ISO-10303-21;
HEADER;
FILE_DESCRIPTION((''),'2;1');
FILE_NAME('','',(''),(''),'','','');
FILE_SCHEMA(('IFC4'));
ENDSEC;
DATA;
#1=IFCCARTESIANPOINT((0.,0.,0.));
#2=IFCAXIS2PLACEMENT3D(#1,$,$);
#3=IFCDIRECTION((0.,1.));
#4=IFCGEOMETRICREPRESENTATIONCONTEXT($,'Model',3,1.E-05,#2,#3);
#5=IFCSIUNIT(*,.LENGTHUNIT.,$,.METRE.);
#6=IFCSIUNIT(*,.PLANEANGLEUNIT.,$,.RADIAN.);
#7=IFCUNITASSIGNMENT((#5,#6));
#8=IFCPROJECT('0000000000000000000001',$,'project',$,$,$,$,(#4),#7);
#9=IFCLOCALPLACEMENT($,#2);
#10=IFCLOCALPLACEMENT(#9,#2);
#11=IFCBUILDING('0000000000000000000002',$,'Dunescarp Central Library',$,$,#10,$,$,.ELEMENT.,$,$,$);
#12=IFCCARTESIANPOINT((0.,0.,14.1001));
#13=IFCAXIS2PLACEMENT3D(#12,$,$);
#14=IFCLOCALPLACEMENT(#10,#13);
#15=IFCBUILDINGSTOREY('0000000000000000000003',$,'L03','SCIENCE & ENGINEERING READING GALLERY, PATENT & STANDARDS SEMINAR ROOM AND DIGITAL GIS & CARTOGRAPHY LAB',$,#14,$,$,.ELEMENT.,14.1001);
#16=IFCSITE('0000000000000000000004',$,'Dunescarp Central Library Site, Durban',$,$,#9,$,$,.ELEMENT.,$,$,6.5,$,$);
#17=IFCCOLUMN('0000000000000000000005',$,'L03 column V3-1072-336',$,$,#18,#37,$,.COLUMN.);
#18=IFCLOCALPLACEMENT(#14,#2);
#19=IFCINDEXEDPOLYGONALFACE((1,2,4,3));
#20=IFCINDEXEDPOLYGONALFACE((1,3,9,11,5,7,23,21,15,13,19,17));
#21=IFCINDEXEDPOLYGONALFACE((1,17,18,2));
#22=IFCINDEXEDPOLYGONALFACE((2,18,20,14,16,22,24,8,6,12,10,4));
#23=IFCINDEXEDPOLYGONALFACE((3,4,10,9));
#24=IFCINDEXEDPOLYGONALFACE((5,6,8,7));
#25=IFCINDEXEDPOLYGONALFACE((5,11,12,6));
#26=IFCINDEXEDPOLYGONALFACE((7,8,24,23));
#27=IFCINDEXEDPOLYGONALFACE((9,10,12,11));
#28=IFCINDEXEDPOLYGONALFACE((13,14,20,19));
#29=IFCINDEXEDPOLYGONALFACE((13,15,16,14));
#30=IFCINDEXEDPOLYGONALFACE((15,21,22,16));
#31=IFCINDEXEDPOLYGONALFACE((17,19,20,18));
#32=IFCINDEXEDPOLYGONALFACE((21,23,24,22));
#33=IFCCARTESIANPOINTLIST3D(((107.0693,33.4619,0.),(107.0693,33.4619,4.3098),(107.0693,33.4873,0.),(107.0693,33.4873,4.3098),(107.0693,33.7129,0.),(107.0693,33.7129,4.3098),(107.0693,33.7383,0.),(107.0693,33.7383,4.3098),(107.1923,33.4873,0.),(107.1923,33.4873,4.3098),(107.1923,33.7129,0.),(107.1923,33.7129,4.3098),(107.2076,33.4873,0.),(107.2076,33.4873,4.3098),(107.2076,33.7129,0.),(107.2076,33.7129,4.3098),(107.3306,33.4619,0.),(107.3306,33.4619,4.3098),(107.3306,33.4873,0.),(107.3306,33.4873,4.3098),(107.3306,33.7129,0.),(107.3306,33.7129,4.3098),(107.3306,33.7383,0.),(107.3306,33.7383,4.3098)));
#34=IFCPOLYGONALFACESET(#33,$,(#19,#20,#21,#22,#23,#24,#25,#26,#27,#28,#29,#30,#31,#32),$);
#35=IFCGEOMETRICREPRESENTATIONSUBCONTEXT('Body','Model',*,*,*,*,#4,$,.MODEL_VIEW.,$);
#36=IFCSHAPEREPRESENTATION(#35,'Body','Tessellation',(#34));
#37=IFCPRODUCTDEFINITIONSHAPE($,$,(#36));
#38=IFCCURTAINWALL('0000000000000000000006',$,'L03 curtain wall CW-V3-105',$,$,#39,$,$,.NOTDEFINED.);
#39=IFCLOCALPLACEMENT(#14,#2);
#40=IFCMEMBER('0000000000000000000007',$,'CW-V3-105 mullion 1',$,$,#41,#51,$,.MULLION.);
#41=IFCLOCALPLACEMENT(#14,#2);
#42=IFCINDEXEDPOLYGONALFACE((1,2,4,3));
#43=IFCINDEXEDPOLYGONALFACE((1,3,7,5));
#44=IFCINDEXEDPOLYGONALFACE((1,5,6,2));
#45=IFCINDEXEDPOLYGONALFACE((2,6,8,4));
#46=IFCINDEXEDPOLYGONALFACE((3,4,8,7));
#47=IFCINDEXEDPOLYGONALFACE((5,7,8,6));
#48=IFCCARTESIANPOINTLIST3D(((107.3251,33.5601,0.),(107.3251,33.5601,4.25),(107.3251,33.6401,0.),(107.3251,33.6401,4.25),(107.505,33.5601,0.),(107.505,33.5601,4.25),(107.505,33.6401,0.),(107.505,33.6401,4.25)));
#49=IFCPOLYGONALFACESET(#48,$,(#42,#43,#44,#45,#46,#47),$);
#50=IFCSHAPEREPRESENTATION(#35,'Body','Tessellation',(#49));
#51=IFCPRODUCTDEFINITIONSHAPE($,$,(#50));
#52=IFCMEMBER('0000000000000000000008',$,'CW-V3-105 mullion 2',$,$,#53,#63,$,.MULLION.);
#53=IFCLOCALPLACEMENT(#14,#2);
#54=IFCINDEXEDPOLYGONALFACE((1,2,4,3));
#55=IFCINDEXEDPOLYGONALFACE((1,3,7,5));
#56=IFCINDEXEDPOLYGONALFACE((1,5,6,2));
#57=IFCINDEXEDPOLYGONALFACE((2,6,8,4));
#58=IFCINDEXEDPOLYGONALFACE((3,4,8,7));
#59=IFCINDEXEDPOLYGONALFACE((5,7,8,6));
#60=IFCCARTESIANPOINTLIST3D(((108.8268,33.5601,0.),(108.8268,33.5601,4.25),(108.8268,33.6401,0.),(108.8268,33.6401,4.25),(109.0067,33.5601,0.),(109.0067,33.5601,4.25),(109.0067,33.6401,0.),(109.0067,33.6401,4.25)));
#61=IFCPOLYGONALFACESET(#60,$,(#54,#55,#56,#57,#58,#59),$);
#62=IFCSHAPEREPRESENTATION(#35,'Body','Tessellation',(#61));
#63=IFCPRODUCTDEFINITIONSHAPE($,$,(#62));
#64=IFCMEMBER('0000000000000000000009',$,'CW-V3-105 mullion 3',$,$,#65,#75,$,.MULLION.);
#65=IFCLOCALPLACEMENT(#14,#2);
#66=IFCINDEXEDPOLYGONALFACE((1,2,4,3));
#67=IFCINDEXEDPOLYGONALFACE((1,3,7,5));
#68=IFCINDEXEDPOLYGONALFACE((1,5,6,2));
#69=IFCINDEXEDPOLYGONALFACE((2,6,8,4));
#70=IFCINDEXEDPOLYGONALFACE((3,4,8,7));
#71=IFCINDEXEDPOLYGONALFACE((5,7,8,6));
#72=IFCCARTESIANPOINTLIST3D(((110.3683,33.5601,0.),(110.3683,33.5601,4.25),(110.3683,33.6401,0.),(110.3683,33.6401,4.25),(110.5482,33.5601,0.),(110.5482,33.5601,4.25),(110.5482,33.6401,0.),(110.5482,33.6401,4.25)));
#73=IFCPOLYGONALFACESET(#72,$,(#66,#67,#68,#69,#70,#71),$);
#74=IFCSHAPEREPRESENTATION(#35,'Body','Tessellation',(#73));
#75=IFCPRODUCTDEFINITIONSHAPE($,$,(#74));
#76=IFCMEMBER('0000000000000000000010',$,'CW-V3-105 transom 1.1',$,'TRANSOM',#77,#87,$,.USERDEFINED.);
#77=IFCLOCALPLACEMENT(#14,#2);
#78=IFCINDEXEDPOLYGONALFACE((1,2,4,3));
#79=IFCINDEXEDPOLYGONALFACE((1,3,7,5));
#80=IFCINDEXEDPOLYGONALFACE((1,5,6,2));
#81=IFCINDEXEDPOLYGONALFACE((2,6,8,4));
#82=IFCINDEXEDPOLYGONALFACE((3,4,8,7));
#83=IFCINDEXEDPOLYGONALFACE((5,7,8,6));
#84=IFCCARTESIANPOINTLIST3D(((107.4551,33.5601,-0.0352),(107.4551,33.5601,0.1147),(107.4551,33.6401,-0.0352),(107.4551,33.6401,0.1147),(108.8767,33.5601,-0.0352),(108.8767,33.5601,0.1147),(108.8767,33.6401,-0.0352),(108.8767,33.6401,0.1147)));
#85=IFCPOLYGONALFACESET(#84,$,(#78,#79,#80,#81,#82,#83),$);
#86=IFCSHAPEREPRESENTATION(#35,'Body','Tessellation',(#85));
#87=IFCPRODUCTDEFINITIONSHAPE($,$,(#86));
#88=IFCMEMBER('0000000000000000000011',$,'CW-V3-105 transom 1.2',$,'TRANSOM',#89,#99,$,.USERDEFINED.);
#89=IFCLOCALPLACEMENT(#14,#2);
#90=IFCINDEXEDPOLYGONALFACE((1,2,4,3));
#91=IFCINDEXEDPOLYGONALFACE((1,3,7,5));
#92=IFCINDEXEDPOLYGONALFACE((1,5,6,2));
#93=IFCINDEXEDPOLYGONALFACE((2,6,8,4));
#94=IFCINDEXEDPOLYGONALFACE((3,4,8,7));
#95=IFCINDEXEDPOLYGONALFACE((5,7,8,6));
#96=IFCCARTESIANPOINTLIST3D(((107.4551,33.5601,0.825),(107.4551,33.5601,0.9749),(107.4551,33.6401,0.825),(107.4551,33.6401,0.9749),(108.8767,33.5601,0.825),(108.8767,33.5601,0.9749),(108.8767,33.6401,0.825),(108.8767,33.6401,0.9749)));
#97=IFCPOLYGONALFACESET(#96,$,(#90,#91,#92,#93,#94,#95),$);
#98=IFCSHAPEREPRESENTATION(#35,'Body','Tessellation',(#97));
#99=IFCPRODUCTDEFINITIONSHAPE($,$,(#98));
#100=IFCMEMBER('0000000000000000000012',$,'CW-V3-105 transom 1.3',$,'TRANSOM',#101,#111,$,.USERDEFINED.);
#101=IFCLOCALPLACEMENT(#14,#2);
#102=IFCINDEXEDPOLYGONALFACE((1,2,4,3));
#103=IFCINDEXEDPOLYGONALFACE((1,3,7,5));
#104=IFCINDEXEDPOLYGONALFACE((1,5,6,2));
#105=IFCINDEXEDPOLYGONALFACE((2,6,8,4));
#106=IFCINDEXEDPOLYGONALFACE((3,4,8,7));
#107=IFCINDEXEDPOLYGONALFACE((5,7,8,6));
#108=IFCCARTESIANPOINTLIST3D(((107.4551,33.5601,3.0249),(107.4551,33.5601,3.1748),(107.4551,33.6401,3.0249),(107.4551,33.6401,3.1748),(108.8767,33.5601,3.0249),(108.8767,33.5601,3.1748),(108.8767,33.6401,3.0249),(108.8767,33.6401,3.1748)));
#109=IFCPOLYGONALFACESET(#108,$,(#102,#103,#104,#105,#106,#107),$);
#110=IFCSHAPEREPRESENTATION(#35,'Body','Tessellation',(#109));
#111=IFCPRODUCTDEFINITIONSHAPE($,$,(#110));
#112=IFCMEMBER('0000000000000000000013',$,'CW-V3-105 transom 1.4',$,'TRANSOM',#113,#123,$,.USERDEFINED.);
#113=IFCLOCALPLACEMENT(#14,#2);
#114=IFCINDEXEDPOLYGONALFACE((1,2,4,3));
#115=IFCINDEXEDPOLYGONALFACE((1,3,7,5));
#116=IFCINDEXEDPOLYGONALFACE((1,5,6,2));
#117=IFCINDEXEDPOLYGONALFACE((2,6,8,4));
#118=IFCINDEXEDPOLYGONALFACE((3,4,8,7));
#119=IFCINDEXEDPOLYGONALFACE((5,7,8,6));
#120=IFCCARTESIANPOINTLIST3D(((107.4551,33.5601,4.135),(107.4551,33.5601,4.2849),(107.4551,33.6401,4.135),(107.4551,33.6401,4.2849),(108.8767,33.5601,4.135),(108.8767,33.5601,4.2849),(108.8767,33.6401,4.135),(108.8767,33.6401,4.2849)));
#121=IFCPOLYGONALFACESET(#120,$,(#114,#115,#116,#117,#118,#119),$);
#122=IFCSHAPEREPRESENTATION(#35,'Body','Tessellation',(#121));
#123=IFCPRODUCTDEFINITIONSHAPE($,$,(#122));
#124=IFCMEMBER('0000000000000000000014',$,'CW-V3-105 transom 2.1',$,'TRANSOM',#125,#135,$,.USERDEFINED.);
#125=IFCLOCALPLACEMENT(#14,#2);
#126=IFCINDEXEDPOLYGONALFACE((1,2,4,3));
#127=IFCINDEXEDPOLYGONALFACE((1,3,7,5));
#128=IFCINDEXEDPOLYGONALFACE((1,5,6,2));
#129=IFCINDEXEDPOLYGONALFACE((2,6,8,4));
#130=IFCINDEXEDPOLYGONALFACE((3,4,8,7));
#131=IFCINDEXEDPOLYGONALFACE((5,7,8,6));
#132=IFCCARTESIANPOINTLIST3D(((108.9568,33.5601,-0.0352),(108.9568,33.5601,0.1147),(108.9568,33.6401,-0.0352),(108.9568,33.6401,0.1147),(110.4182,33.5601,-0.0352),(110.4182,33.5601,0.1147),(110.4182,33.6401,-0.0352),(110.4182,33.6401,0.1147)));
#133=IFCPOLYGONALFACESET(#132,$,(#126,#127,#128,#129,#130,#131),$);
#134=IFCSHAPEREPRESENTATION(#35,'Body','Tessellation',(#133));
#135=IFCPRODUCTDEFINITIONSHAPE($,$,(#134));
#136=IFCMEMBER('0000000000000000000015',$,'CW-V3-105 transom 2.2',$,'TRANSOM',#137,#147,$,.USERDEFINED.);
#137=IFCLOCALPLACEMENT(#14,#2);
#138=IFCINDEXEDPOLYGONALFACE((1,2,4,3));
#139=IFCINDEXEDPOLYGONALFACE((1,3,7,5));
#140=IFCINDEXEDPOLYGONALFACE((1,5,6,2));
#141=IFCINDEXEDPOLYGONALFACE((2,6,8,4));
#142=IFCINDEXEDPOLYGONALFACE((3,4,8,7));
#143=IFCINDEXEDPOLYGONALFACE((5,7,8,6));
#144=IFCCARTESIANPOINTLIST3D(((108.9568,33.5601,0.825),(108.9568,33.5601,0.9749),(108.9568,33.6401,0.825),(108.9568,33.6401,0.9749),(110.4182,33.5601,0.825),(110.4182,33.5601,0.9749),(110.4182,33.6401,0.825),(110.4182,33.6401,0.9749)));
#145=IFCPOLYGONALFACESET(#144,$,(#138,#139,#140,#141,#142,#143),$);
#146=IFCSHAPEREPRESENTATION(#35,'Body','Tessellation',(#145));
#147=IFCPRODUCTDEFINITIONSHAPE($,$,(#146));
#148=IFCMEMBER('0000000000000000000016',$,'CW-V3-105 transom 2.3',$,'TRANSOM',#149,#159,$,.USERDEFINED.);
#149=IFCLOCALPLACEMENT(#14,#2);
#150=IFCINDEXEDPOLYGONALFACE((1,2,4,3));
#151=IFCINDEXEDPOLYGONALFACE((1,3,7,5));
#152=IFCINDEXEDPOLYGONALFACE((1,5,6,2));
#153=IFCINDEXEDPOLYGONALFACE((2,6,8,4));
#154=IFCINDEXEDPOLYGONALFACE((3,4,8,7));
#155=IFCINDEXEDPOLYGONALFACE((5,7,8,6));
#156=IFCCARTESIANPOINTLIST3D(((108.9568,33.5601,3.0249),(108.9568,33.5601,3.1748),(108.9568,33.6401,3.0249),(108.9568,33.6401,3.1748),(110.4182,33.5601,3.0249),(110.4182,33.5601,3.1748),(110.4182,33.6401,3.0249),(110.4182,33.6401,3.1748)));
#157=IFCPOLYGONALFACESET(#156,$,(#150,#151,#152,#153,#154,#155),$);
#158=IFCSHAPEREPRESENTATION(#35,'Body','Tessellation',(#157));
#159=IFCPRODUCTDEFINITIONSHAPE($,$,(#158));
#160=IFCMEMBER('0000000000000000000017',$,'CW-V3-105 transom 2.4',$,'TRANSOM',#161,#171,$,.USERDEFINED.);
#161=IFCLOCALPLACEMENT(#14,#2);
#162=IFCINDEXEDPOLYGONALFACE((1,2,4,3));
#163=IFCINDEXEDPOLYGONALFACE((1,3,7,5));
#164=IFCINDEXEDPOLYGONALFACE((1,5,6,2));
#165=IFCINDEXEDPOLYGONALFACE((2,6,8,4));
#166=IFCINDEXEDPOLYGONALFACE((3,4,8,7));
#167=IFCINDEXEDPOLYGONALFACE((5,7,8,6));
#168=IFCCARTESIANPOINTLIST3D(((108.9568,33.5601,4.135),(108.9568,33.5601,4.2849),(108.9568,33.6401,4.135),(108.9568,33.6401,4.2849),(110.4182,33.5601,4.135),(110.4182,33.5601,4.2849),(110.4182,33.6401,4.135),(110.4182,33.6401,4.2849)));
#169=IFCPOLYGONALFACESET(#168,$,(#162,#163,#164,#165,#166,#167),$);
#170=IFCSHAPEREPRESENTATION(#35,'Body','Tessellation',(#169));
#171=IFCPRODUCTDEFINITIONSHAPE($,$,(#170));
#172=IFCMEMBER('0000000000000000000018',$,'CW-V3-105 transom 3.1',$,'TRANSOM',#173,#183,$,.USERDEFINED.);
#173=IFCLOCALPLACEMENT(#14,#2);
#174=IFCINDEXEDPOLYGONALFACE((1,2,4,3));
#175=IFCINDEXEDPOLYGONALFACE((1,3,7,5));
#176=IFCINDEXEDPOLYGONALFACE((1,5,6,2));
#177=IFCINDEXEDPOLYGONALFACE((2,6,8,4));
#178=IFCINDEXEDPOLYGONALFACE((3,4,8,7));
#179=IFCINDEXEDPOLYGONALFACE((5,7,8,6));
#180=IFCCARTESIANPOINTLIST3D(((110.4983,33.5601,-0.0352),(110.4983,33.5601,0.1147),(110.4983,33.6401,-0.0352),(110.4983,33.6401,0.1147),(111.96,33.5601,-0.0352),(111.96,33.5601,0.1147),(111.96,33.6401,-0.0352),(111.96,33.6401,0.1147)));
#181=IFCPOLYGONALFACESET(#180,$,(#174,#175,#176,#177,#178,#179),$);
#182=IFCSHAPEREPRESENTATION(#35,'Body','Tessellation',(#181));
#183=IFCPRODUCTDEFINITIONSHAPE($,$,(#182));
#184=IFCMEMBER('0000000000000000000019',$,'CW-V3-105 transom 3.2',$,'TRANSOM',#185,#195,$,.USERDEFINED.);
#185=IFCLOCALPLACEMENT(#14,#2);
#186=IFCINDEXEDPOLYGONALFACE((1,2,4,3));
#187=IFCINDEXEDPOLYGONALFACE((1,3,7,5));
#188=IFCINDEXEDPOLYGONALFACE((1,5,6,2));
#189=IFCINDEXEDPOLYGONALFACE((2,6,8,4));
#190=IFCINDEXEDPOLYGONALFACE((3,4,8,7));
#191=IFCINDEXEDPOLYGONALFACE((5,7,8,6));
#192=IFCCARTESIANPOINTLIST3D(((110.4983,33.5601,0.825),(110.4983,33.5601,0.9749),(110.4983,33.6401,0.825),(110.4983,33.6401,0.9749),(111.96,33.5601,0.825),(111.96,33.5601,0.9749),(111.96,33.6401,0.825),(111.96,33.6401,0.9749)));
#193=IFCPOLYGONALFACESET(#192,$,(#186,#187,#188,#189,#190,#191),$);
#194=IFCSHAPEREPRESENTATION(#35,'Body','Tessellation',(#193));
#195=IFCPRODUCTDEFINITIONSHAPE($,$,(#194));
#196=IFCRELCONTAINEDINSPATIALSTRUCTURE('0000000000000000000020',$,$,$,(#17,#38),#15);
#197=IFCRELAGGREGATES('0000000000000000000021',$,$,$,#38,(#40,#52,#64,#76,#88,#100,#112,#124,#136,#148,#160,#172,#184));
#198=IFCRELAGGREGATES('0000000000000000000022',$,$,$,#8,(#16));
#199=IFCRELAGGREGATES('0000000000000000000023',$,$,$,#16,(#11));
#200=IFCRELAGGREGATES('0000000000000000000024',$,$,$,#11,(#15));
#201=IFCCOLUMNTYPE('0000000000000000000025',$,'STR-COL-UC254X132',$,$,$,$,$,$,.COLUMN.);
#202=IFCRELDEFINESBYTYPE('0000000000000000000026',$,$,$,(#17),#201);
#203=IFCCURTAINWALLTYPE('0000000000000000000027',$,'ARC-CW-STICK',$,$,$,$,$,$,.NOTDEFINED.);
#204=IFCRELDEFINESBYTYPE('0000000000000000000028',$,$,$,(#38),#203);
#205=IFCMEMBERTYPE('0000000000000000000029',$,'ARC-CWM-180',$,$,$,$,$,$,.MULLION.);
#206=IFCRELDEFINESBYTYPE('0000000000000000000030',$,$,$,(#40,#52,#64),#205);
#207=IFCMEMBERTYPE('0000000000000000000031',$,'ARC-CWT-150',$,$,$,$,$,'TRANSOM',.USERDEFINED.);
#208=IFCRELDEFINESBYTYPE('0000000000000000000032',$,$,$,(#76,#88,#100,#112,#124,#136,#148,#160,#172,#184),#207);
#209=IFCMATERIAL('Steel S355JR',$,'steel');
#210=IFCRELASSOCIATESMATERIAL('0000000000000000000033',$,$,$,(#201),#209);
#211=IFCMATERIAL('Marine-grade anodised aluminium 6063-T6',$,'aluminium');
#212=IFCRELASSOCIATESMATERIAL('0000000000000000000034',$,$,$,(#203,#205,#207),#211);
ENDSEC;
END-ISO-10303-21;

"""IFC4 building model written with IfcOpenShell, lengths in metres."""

from ifc_helpers import new_model, si_unit, direction, frame, origin, origin_2d, place, context, subcontext, project, spatial, rectangle, i_section, extrude, material, material_profile, profile_set, type_object, element, aggregate, save


model = new_model("IFC4")

# Units and contexts
model_context = context("Model", 3, precision=1e-05, world=origin(), true_north=direction((0.0, 1.0)))
body_context = subcontext(model_context, "Body", "Model", "MODEL_VIEW")
ifc_project = project(units=[si_unit("LENGTHUNIT", "METRE"), si_unit("PLANEANGLEUNIT", "RADIAN")], contexts=[model_context])

# Site, building, storey
site_placement = place(None, origin())
site = spatial("IfcSite", under=ifc_project, at=site_placement, Name="Dunescarp Central Library Site, Durban", CompositionType="ELEMENT", RefElevation=6.5)
building_placement = place(site_placement, origin())
building = spatial("IfcBuilding", under=site, at=building_placement, Name="Dunescarp Central Library", CompositionType="ELEMENT")
storey_placement = place(building_placement, frame((0.0, 0.0, 14.1001)))
storey = spatial("IfcBuildingStorey", under=building, at=storey_placement, Name="L03", Description="SCIENCE & ENGINEERING READING GALLERY, PATENT & STANDARDS SEMINAR ROOM AND DIGITAL GIS & CARTOGRAPHY LAB", CompositionType="ELEMENT", Elevation=14.1001)

# Column
ifc_material_1 = material(Name="Steel S355JR", Category="steel")
ifc_material_profile_1 = material_profile(ifc_material_1, i_section(OverallWidth=0.2612, OverallDepth=0.2764, WebThickness=0.0154, FlangeThickness=0.0254, at=origin_2d()), Name="UC 254x254x132")
ifc_profile_set_1 = profile_set([ifc_material_profile_1], Name="Steel S355JR")
column_type = type_object("IfcColumnType", Name="STR-COL-UC254X132", PredefinedType="COLUMN", material=ifc_profile_set_1)
column_placement = place(storey_placement, frame((107.2, 33.6001, 0.0), z_axis=(0.0, 0.0, 1.0), x_axis=(1.0, 0.0, 0.0)))
element("IfcColumn", 1, at=column_placement, inside=storey, type_object=column_type, Name="L03 column V3-1072-336", PredefinedType="COLUMN", context=body_context, shape_type="SweptSolid", body=[
    extrude(i_section(OverallWidth=0.2612, OverallDepth=0.2764, WebThickness=0.0154, FlangeThickness=0.0254, at=origin_2d()), origin(), (0.0, 0.0, 1.0), 4.3098),
])

# Curtain wall, members
ifc_material_2 = material(Name="Marine-grade anodised aluminium 6063-T6", Category="aluminium")
curtain_wall_type = type_object("IfcCurtainWallType", Name="ARC-CW-STICK", PredefinedType="NOTDEFINED", material=ifc_material_2)
curtain_wall_placement = place(storey_placement, origin())
curtain_wall = element("IfcCurtainWall", 2, at=curtain_wall_placement, inside=storey, type_object=curtain_wall_type, Name="L03 curtain wall CW-V3-105", PredefinedType="NOTDEFINED")
ifc_material_profile_2 = material_profile(ifc_material_2, rectangle(XDim=0.0801, YDim=0.1799, at=origin_2d()), Name="AL 80x180")
ifc_profile_set_2 = profile_set([ifc_material_profile_2], Name="Marine-grade anodised aluminium 6063-T6")
member_type_1 = type_object("IfcMemberType", Name="ARC-CWM-180", PredefinedType="MULLION", material=ifc_profile_set_2)
member_1_placement = place(storey_placement, frame((107.415, 33.6001, 0.0), z_axis=(0.0, 0.0, 1.0), x_axis=(0.0, 1.0, 0.0)))
member_1 = element("IfcMember", 3, at=member_1_placement, type_object=member_type_1, Name="CW-V3-105 mullion 1", PredefinedType="MULLION", context=body_context, shape_type="SweptSolid", body=[
    extrude(rectangle(XDim=0.0801, YDim=0.1799, at=origin_2d()), origin(), (0.0, 0.0, 1.0), 4.25),
])
member_2_placement = place(storey_placement, frame((108.9167, 33.6001, 0.0), z_axis=(0.0, 0.0, 1.0), x_axis=(0.0, 1.0, 0.0)))
member_2 = element("IfcMember", 4, at=member_2_placement, type_object=member_type_1, Name="CW-V3-105 mullion 2", PredefinedType="MULLION", context=body_context, shape_type="SweptSolid", body=[
    extrude(rectangle(XDim=0.0801, YDim=0.1799, at=origin_2d()), origin(), (0.0, 0.0, 1.0), 4.25),
])
member_3_placement = place(storey_placement, frame((110.4583, 33.6001, 0.0), z_axis=(0.0, 0.0, 1.0), x_axis=(0.0, 1.0, 0.0)))
member_3 = element("IfcMember", 5, at=member_3_placement, type_object=member_type_1, Name="CW-V3-105 mullion 3", PredefinedType="MULLION", context=body_context, shape_type="SweptSolid", body=[
    extrude(rectangle(XDim=0.0801, YDim=0.1799, at=origin_2d()), origin(), (0.0, 0.0, 1.0), 4.25),
])
ifc_material_profile_3 = material_profile(ifc_material_2, rectangle(XDim=0.0801, YDim=0.1499, at=origin_2d()), Name="AL 80x150")
ifc_profile_set_3 = profile_set([ifc_material_profile_3], Name="Marine-grade anodised aluminium 6063-T6")
member_type_2 = type_object("IfcMemberType", Name="ARC-CWT-150", ElementType="TRANSOM", PredefinedType="USERDEFINED", material=ifc_profile_set_3)
member_4_placement = place(storey_placement, frame((107.4551, 33.6001, 0.0398), z_axis=(1.0, 0.0, 0.0), x_axis=(0.0, 1.0, 0.0)))
member_4 = element("IfcMember", 6, at=member_4_placement, type_object=member_type_2, Name="CW-V3-105 transom 1.1", ObjectType="TRANSOM", PredefinedType="USERDEFINED", context=body_context, shape_type="SweptSolid", body=[
    extrude(rectangle(XDim=0.0801, YDim=0.1499, at=origin_2d()), origin(), (0.0, 0.0, 1.0), 1.4216),
])
member_5_placement = place(storey_placement, frame((107.4551, 33.6001, 0.8999), z_axis=(1.0, 0.0, 0.0), x_axis=(0.0, 1.0, 0.0)))
member_5 = element("IfcMember", 7, at=member_5_placement, type_object=member_type_2, Name="CW-V3-105 transom 1.2", ObjectType="TRANSOM", PredefinedType="USERDEFINED", context=body_context, shape_type="SweptSolid", body=[
    extrude(rectangle(XDim=0.0801, YDim=0.1499, at=origin_2d()), origin(), (0.0, 0.0, 1.0), 1.4216),
])
member_6_placement = place(storey_placement, frame((107.4551, 33.6001, 3.0999), z_axis=(1.0, 0.0, 0.0), x_axis=(0.0, 1.0, 0.0)))
member_6 = element("IfcMember", 8, at=member_6_placement, type_object=member_type_2, Name="CW-V3-105 transom 1.3", ObjectType="TRANSOM", PredefinedType="USERDEFINED", context=body_context, shape_type="SweptSolid", body=[
    extrude(rectangle(XDim=0.0801, YDim=0.1499, at=origin_2d()), origin(), (0.0, 0.0, 1.0), 1.4216),
])
member_7_placement = place(storey_placement, frame((107.4551, 33.6001, 4.21), z_axis=(1.0, 0.0, 0.0), x_axis=(0.0, 1.0, 0.0)))
member_7 = element("IfcMember", 9, at=member_7_placement, type_object=member_type_2, Name="CW-V3-105 transom 1.4", ObjectType="TRANSOM", PredefinedType="USERDEFINED", context=body_context, shape_type="SweptSolid", body=[
    extrude(rectangle(XDim=0.0801, YDim=0.1499, at=origin_2d()), origin(), (0.0, 0.0, 1.0), 1.4216),
])
member_8_placement = place(storey_placement, frame((108.9568, 33.6001, 0.0398), z_axis=(1.0, 0.0, 0.0), x_axis=(0.0, 1.0, 0.0)))
member_8 = element("IfcMember", 10, at=member_8_placement, type_object=member_type_2, Name="CW-V3-105 transom 2.1", ObjectType="TRANSOM", PredefinedType="USERDEFINED", context=body_context, shape_type="SweptSolid", body=[
    extrude(rectangle(XDim=0.0801, YDim=0.1499, at=origin_2d()), origin(), (0.0, 0.0, 1.0), 1.4614),
])
member_9_placement = place(storey_placement, frame((108.9568, 33.6001, 0.8999), z_axis=(1.0, 0.0, 0.0), x_axis=(0.0, 1.0, 0.0)))
member_9 = element("IfcMember", 11, at=member_9_placement, type_object=member_type_2, Name="CW-V3-105 transom 2.2", ObjectType="TRANSOM", PredefinedType="USERDEFINED", context=body_context, shape_type="SweptSolid", body=[
    extrude(rectangle(XDim=0.0801, YDim=0.1499, at=origin_2d()), origin(), (0.0, 0.0, 1.0), 1.4614),
])
member_10_placement = place(storey_placement, frame((108.9568, 33.6001, 3.0999), z_axis=(1.0, 0.0, 0.0), x_axis=(0.0, 1.0, 0.0)))
member_10 = element("IfcMember", 12, at=member_10_placement, type_object=member_type_2, Name="CW-V3-105 transom 2.3", ObjectType="TRANSOM", PredefinedType="USERDEFINED", context=body_context, shape_type="SweptSolid", body=[
    extrude(rectangle(XDim=0.0801, YDim=0.1499, at=origin_2d()), origin(), (0.0, 0.0, 1.0), 1.4614),
])
member_11_placement = place(storey_placement, frame((108.9568, 33.6001, 4.21), z_axis=(1.0, 0.0, 0.0), x_axis=(0.0, 1.0, 0.0)))
member_11 = element("IfcMember", 13, at=member_11_placement, type_object=member_type_2, Name="CW-V3-105 transom 2.4", ObjectType="TRANSOM", PredefinedType="USERDEFINED", context=body_context, shape_type="SweptSolid", body=[
    extrude(rectangle(XDim=0.0801, YDim=0.1499, at=origin_2d()), origin(), (0.0, 0.0, 1.0), 1.4614),
])
member_12_placement = place(storey_placement, frame((110.4983, 33.6001, 0.0398), z_axis=(1.0, 0.0, 0.0), x_axis=(0.0, 1.0, 0.0)))
member_12 = element("IfcMember", 14, at=member_12_placement, type_object=member_type_2, Name="CW-V3-105 transom 3.1", ObjectType="TRANSOM", PredefinedType="USERDEFINED", context=body_context, shape_type="SweptSolid", body=[
    extrude(rectangle(XDim=0.0801, YDim=0.1499, at=origin_2d()), origin(), (0.0, 0.0, 1.0), 1.4617),
])
member_13_placement = place(storey_placement, frame((110.4983, 33.6001, 0.8999), z_axis=(1.0, 0.0, 0.0), x_axis=(0.0, 1.0, 0.0)))
member_13 = element("IfcMember", 15, at=member_13_placement, type_object=member_type_2, Name="CW-V3-105 transom 3.2", ObjectType="TRANSOM", PredefinedType="USERDEFINED", context=body_context, shape_type="SweptSolid", body=[
    extrude(rectangle(XDim=0.0801, YDim=0.1499, at=origin_2d()), origin(), (0.0, 0.0, 1.0), 1.4617),
])

aggregate(curtain_wall, [member_1, member_2, member_3, member_4, member_5, member_6, member_7, member_8, member_9, member_10, member_11, member_12, member_13])

save(model, "model.ifc")
